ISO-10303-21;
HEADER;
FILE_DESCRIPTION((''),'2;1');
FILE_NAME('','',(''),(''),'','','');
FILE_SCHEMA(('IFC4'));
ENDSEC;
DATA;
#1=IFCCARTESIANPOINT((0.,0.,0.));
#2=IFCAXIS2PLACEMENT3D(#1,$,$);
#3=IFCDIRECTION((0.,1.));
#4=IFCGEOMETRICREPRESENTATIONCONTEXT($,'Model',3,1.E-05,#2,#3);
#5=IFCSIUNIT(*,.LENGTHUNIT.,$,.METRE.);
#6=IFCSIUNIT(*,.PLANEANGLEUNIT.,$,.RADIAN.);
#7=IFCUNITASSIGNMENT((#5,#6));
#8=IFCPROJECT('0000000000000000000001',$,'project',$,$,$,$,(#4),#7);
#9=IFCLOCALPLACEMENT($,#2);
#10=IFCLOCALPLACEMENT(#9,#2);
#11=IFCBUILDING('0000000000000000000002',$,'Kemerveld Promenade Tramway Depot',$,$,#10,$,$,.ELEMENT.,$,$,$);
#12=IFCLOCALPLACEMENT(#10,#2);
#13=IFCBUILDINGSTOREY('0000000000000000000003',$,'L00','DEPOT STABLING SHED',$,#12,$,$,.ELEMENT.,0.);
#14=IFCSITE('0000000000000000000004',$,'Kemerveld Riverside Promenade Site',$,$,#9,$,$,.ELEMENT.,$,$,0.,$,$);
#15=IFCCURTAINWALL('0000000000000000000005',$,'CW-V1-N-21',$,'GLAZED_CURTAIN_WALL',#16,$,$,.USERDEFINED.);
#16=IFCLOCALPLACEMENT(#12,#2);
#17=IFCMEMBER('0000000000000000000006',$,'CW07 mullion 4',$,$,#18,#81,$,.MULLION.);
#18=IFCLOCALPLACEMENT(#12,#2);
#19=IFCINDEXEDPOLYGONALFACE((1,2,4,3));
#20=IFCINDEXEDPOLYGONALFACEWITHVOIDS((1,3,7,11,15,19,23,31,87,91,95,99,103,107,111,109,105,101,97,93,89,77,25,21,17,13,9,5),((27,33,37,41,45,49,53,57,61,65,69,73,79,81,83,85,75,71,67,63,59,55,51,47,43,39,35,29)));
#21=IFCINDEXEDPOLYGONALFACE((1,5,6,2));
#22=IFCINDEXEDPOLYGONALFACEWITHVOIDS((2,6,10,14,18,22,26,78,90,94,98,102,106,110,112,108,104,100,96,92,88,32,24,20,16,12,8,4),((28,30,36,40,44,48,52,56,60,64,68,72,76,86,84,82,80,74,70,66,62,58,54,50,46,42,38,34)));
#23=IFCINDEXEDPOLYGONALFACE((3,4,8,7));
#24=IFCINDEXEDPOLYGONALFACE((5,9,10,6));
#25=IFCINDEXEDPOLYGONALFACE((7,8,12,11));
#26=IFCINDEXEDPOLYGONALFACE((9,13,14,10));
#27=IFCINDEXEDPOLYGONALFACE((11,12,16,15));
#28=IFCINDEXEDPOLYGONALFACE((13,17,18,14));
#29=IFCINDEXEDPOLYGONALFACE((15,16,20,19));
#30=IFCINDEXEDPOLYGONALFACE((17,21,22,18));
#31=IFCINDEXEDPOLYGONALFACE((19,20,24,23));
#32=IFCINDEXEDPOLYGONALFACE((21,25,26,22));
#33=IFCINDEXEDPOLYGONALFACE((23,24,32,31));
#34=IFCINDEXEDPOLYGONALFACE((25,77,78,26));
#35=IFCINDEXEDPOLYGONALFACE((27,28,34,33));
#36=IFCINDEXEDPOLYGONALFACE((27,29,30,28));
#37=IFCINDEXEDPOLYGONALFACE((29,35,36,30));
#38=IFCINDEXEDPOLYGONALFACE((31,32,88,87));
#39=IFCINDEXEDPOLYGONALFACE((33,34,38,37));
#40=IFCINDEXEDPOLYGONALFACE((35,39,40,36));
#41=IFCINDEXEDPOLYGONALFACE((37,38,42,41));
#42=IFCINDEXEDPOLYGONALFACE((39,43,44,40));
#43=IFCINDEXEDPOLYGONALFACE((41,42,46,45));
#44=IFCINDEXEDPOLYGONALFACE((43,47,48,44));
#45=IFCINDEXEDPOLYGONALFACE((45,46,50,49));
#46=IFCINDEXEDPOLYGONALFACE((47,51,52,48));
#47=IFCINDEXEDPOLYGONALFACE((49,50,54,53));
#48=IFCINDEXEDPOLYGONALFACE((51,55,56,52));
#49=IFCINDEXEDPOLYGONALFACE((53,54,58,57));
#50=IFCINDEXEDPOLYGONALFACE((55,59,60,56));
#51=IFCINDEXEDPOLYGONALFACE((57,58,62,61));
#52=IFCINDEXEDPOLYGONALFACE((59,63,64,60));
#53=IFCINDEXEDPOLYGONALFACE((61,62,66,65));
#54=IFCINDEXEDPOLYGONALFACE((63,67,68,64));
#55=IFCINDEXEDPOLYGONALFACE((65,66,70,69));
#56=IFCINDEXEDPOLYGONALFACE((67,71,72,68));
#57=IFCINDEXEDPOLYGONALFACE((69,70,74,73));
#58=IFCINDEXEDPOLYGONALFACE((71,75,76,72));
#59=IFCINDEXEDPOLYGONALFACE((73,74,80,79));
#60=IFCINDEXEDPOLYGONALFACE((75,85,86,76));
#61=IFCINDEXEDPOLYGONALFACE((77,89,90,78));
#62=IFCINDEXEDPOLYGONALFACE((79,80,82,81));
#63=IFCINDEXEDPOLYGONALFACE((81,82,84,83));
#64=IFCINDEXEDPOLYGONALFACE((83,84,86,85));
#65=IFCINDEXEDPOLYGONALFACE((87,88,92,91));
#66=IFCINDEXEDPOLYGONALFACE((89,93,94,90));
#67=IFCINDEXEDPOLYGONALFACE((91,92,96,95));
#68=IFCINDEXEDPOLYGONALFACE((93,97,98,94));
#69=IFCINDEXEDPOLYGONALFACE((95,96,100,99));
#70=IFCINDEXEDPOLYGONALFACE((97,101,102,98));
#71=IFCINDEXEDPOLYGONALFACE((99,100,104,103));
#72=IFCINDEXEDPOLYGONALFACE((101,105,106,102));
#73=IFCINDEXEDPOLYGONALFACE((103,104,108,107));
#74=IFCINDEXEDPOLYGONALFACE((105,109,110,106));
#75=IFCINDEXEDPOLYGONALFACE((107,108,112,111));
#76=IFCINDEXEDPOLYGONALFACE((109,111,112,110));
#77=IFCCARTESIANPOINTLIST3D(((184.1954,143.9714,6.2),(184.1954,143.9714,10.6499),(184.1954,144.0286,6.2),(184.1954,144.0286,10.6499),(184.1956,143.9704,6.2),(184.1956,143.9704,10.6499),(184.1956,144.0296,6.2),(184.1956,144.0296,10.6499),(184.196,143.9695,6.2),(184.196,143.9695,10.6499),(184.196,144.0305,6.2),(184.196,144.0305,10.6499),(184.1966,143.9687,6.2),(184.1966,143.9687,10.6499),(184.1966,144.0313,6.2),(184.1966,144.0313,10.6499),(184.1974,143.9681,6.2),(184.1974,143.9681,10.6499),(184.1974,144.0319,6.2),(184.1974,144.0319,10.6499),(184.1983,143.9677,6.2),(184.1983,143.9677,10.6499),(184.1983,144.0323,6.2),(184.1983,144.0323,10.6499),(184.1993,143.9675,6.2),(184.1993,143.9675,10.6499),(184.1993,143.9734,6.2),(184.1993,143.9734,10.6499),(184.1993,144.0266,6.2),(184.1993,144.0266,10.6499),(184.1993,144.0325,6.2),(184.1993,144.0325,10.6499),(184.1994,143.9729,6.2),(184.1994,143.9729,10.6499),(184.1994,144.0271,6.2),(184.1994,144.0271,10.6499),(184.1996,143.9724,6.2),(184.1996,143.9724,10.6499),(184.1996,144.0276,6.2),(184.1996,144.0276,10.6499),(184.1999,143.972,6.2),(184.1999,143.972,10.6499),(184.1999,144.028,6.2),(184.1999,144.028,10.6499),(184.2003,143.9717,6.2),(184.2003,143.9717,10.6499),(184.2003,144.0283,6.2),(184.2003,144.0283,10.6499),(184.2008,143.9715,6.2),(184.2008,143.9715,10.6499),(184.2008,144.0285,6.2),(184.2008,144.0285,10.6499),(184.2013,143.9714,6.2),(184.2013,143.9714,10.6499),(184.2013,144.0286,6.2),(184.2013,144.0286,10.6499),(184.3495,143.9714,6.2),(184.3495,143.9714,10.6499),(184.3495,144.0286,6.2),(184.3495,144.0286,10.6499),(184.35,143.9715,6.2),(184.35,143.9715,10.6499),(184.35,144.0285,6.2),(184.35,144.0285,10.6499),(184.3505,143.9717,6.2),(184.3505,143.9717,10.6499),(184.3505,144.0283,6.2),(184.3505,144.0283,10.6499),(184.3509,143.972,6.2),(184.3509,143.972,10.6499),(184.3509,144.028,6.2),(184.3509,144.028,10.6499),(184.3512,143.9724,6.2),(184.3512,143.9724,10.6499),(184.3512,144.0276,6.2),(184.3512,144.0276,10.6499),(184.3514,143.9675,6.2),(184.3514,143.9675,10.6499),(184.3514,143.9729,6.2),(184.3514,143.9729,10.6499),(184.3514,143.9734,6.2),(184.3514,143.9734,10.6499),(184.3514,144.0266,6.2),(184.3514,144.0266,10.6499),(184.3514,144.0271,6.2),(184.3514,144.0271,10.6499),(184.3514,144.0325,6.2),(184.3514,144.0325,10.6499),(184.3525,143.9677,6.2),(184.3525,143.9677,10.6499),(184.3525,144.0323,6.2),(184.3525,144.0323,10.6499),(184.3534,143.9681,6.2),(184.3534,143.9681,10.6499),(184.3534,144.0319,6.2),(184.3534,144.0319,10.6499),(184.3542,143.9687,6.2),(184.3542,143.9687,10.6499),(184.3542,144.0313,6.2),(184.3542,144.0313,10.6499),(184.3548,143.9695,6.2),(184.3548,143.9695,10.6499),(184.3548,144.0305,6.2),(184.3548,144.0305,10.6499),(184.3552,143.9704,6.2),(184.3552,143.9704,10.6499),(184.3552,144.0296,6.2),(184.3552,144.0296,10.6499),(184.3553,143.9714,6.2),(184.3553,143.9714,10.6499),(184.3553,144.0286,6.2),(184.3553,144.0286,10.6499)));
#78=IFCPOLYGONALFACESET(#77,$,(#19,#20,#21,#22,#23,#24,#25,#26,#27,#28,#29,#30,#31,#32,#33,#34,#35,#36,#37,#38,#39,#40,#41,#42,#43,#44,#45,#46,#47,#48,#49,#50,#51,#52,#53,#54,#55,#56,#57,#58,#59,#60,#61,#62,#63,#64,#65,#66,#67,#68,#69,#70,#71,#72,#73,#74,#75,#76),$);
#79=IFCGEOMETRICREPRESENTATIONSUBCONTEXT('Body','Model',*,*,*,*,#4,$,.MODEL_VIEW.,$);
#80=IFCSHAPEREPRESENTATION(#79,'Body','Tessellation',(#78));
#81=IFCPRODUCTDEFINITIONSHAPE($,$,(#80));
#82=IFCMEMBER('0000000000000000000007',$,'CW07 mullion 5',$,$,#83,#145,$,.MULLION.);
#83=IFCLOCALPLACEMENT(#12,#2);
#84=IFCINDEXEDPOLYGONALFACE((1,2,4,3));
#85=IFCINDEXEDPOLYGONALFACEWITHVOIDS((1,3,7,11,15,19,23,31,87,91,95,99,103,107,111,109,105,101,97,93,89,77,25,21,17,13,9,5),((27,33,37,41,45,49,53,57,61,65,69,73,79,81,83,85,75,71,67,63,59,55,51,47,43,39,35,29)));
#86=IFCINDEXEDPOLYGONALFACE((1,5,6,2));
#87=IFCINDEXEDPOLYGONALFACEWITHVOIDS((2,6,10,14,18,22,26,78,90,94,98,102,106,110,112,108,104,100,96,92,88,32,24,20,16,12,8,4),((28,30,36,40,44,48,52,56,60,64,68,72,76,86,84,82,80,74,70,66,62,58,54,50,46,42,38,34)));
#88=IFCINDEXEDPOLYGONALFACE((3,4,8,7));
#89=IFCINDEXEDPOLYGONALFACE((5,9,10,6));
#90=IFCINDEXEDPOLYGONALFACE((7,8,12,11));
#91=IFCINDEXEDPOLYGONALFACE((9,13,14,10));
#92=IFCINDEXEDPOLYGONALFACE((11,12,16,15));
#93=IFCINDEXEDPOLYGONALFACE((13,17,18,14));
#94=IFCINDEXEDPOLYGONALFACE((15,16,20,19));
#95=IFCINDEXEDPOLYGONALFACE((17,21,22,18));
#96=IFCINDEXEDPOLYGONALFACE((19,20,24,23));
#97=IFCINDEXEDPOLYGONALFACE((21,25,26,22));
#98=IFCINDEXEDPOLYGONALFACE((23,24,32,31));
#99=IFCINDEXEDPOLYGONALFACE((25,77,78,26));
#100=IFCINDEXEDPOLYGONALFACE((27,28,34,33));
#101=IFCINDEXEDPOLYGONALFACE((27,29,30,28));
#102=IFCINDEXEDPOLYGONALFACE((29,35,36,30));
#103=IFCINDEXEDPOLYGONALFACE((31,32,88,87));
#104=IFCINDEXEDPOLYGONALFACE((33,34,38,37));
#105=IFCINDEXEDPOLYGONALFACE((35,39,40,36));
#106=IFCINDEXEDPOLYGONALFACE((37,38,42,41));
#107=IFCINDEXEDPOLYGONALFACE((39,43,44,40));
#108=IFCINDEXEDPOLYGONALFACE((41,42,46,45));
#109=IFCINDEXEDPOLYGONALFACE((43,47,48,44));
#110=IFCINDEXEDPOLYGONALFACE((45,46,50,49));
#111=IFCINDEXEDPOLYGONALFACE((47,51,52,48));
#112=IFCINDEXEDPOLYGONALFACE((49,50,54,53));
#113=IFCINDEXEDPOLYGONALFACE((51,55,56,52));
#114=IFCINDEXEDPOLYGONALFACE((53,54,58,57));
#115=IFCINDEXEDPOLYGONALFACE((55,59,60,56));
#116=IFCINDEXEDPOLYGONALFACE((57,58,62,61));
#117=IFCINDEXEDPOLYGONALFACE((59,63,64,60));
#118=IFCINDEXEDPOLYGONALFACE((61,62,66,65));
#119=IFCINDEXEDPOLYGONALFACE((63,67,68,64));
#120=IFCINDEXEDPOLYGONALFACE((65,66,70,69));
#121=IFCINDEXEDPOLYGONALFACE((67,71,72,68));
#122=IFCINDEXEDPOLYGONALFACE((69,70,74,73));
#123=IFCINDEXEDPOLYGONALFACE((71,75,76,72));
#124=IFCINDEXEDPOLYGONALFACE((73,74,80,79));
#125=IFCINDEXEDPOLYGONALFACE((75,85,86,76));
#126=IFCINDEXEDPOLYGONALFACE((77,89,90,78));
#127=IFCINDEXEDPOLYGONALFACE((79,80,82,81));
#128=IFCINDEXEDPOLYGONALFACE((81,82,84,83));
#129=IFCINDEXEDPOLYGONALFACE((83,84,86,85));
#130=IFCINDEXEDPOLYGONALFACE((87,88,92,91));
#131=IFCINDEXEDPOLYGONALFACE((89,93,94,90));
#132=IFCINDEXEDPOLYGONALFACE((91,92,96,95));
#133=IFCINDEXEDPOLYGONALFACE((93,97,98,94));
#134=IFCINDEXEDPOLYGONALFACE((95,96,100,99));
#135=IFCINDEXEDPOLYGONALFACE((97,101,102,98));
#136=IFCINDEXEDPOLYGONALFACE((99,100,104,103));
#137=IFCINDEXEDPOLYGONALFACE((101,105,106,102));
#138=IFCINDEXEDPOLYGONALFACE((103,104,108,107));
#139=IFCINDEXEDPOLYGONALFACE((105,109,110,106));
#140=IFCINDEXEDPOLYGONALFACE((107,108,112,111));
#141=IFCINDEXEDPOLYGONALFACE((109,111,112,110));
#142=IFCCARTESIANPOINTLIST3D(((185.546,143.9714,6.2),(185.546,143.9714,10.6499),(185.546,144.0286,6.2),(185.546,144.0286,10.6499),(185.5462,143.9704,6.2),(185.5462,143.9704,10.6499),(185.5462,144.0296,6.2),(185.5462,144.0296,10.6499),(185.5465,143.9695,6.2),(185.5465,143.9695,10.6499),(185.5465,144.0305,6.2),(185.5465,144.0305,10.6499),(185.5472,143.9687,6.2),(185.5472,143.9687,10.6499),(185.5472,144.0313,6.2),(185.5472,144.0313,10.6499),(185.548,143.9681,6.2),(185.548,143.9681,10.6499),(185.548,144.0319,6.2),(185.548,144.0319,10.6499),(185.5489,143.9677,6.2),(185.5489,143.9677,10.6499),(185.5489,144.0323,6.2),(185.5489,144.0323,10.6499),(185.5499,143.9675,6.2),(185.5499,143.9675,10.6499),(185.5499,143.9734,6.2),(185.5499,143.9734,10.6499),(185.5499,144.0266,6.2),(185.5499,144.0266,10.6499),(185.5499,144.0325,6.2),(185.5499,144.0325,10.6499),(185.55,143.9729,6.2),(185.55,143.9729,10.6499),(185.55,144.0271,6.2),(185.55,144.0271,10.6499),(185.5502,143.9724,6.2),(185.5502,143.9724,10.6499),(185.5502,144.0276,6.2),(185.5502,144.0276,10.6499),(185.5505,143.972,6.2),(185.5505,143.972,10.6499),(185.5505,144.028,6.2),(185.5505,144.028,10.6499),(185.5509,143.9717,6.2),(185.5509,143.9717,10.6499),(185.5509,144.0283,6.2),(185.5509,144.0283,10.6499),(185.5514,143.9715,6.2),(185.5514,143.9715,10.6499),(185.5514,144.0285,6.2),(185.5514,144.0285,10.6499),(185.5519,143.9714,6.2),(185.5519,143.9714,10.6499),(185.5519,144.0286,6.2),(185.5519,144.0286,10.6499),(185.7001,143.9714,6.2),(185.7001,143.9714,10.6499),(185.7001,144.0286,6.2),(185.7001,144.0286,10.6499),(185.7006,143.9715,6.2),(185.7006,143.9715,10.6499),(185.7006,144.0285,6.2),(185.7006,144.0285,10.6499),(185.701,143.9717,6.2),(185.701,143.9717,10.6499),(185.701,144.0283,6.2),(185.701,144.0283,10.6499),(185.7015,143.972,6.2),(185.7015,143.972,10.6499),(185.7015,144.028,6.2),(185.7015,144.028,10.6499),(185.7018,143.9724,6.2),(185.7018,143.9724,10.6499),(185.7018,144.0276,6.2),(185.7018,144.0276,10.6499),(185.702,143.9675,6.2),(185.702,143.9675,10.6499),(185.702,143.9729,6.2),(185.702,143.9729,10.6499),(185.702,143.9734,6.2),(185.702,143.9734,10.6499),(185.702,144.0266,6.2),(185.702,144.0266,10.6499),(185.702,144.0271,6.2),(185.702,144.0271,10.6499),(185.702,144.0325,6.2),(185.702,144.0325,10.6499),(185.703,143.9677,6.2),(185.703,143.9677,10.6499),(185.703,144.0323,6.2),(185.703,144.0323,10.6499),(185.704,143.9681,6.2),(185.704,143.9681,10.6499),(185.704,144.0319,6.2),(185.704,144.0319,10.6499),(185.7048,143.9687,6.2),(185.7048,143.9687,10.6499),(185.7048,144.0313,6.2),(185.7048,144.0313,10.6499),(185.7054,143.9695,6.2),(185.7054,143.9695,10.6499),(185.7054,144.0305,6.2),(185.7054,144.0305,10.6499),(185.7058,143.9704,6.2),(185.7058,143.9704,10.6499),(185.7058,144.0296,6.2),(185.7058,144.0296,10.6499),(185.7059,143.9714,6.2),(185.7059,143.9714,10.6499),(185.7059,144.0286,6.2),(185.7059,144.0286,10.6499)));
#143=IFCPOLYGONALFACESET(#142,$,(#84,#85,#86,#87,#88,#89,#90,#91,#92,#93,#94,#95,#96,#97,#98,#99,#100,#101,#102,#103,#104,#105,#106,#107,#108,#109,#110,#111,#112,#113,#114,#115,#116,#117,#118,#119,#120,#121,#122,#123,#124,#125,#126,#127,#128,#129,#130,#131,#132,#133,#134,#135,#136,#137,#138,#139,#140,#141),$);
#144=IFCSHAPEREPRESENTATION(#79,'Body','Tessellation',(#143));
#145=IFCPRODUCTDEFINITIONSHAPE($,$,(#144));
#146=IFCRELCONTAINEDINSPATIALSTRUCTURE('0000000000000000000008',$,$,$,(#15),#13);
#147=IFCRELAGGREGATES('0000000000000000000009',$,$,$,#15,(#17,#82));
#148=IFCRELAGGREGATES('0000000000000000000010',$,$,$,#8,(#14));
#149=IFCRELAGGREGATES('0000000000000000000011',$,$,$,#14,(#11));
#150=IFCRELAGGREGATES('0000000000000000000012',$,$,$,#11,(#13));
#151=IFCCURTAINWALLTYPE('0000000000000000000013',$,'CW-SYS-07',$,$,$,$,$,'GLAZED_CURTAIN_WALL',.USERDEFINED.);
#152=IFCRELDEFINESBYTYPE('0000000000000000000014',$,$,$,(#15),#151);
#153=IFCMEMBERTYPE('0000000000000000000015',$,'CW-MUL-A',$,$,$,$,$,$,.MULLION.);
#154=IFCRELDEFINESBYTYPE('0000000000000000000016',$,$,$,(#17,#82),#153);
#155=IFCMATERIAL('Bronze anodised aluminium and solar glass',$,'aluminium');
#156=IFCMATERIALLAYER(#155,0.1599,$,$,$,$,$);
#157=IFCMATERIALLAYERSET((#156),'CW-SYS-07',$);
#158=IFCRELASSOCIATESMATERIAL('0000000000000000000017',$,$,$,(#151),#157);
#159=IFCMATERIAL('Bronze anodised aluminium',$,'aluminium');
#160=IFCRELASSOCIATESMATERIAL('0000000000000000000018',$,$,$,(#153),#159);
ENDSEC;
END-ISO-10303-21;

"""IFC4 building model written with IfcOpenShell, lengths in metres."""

from ifc_helpers import new_model, si_unit, direction, frame, origin, origin_2d, place, context, subcontext, project, spatial, hollow_rectangle, extrude, material, layer, layer_set, material_profile, profile_set, type_object, element, aggregate, save


model = new_model("IFC4")

# Units and contexts
model_context = context("Model", 3, precision=1e-05, world=origin(), true_north=direction((0.0, 1.0)))
body_context = subcontext(model_context, "Body", "Model", "MODEL_VIEW")
ifc_project = project(units=[si_unit("LENGTHUNIT", "METRE"), si_unit("PLANEANGLEUNIT", "RADIAN")], contexts=[model_context])

# Site, building, storey
site_placement = place(None, origin())
site = spatial("IfcSite", under=ifc_project, at=site_placement, Name="Kemerveld Riverside Promenade Site", CompositionType="ELEMENT", RefElevation=0.0)
building_placement = place(site_placement, origin())
building = spatial("IfcBuilding", under=site, at=building_placement, Name="Kemerveld Promenade Tramway Depot", CompositionType="ELEMENT")
storey_placement = place(building_placement, origin())
storey = spatial("IfcBuildingStorey", under=building, at=storey_placement, Name="L00", Description="DEPOT STABLING SHED", CompositionType="ELEMENT", Elevation=0.0)

# Curtain wall, members
ifc_material_1 = material(Name="Bronze anodised aluminium and solar glass", Category="aluminium")
ifc_layer_1 = layer(ifc_material_1, 0.1599)
ifc_layer_set_1 = layer_set([ifc_layer_1], Name="CW-SYS-07")
curtain_wall_type_1 = type_object("IfcCurtainWallType", Name="CW-SYS-07", ElementType="GLAZED_CURTAIN_WALL", PredefinedType="USERDEFINED", material=ifc_layer_set_1)
curtain_wall_1_placement = place(storey_placement, origin())
curtain_wall_1 = element("IfcCurtainWall", 1, at=curtain_wall_1_placement, inside=storey, type_object=curtain_wall_type_1, Name="CW-V1-N-21", ObjectType="GLAZED_CURTAIN_WALL", PredefinedType="USERDEFINED")
ifc_material_2 = material(Name="Bronze anodised aluminium", Category="aluminium")
ifc_material_profile_1 = material_profile(ifc_material_2, hollow_rectangle(XDim=0.0649, YDim=0.1599, WallThickness=0.0039, InnerFilletRadius=0.002, OuterFilletRadius=0.0039, at=origin_2d()), Name="CW-MUL-160x65")
ifc_profile_set_1 = profile_set([ifc_material_profile_1], Name="Bronze anodised aluminium")
member_type_1 = type_object("IfcMemberType", Name="CW-MUL-A", PredefinedType="MULLION", material=ifc_profile_set_1)
member_1_placement = place(storey_placement, frame((184.2754, 144.0, 6.2), z_axis=(0.0, 0.0, 1.0), x_axis=(0.0, 1.0, 0.0)))
member_1 = element("IfcMember", 2, at=member_1_placement, type_object=member_type_1, Name="CW07 mullion 4", PredefinedType="MULLION", context=body_context, shape_type="SweptSolid", body=[
    extrude(hollow_rectangle(XDim=0.0649, YDim=0.1599, WallThickness=0.0039, InnerFilletRadius=0.002, OuterFilletRadius=0.0039, at=origin_2d()), origin(), (0.0, 0.0, 1.0), 4.45),
])
member_2_placement = place(storey_placement, frame((185.626, 144.0, 6.2), z_axis=(0.0, 0.0, 1.0), x_axis=(0.0, 1.0, 0.0)))
member_2 = element("IfcMember", 3, at=member_2_placement, type_object=member_type_1, Name="CW07 mullion 5", PredefinedType="MULLION", context=body_context, shape_type="SweptSolid", body=[
    extrude(hollow_rectangle(XDim=0.0649, YDim=0.1599, WallThickness=0.0039, InnerFilletRadius=0.002, OuterFilletRadius=0.0039, at=origin_2d()), origin(), (0.0, 0.0, 1.0), 4.45),
])

aggregate(curtain_wall_1, [member_1, member_2])

save(model, "model.ifc")
